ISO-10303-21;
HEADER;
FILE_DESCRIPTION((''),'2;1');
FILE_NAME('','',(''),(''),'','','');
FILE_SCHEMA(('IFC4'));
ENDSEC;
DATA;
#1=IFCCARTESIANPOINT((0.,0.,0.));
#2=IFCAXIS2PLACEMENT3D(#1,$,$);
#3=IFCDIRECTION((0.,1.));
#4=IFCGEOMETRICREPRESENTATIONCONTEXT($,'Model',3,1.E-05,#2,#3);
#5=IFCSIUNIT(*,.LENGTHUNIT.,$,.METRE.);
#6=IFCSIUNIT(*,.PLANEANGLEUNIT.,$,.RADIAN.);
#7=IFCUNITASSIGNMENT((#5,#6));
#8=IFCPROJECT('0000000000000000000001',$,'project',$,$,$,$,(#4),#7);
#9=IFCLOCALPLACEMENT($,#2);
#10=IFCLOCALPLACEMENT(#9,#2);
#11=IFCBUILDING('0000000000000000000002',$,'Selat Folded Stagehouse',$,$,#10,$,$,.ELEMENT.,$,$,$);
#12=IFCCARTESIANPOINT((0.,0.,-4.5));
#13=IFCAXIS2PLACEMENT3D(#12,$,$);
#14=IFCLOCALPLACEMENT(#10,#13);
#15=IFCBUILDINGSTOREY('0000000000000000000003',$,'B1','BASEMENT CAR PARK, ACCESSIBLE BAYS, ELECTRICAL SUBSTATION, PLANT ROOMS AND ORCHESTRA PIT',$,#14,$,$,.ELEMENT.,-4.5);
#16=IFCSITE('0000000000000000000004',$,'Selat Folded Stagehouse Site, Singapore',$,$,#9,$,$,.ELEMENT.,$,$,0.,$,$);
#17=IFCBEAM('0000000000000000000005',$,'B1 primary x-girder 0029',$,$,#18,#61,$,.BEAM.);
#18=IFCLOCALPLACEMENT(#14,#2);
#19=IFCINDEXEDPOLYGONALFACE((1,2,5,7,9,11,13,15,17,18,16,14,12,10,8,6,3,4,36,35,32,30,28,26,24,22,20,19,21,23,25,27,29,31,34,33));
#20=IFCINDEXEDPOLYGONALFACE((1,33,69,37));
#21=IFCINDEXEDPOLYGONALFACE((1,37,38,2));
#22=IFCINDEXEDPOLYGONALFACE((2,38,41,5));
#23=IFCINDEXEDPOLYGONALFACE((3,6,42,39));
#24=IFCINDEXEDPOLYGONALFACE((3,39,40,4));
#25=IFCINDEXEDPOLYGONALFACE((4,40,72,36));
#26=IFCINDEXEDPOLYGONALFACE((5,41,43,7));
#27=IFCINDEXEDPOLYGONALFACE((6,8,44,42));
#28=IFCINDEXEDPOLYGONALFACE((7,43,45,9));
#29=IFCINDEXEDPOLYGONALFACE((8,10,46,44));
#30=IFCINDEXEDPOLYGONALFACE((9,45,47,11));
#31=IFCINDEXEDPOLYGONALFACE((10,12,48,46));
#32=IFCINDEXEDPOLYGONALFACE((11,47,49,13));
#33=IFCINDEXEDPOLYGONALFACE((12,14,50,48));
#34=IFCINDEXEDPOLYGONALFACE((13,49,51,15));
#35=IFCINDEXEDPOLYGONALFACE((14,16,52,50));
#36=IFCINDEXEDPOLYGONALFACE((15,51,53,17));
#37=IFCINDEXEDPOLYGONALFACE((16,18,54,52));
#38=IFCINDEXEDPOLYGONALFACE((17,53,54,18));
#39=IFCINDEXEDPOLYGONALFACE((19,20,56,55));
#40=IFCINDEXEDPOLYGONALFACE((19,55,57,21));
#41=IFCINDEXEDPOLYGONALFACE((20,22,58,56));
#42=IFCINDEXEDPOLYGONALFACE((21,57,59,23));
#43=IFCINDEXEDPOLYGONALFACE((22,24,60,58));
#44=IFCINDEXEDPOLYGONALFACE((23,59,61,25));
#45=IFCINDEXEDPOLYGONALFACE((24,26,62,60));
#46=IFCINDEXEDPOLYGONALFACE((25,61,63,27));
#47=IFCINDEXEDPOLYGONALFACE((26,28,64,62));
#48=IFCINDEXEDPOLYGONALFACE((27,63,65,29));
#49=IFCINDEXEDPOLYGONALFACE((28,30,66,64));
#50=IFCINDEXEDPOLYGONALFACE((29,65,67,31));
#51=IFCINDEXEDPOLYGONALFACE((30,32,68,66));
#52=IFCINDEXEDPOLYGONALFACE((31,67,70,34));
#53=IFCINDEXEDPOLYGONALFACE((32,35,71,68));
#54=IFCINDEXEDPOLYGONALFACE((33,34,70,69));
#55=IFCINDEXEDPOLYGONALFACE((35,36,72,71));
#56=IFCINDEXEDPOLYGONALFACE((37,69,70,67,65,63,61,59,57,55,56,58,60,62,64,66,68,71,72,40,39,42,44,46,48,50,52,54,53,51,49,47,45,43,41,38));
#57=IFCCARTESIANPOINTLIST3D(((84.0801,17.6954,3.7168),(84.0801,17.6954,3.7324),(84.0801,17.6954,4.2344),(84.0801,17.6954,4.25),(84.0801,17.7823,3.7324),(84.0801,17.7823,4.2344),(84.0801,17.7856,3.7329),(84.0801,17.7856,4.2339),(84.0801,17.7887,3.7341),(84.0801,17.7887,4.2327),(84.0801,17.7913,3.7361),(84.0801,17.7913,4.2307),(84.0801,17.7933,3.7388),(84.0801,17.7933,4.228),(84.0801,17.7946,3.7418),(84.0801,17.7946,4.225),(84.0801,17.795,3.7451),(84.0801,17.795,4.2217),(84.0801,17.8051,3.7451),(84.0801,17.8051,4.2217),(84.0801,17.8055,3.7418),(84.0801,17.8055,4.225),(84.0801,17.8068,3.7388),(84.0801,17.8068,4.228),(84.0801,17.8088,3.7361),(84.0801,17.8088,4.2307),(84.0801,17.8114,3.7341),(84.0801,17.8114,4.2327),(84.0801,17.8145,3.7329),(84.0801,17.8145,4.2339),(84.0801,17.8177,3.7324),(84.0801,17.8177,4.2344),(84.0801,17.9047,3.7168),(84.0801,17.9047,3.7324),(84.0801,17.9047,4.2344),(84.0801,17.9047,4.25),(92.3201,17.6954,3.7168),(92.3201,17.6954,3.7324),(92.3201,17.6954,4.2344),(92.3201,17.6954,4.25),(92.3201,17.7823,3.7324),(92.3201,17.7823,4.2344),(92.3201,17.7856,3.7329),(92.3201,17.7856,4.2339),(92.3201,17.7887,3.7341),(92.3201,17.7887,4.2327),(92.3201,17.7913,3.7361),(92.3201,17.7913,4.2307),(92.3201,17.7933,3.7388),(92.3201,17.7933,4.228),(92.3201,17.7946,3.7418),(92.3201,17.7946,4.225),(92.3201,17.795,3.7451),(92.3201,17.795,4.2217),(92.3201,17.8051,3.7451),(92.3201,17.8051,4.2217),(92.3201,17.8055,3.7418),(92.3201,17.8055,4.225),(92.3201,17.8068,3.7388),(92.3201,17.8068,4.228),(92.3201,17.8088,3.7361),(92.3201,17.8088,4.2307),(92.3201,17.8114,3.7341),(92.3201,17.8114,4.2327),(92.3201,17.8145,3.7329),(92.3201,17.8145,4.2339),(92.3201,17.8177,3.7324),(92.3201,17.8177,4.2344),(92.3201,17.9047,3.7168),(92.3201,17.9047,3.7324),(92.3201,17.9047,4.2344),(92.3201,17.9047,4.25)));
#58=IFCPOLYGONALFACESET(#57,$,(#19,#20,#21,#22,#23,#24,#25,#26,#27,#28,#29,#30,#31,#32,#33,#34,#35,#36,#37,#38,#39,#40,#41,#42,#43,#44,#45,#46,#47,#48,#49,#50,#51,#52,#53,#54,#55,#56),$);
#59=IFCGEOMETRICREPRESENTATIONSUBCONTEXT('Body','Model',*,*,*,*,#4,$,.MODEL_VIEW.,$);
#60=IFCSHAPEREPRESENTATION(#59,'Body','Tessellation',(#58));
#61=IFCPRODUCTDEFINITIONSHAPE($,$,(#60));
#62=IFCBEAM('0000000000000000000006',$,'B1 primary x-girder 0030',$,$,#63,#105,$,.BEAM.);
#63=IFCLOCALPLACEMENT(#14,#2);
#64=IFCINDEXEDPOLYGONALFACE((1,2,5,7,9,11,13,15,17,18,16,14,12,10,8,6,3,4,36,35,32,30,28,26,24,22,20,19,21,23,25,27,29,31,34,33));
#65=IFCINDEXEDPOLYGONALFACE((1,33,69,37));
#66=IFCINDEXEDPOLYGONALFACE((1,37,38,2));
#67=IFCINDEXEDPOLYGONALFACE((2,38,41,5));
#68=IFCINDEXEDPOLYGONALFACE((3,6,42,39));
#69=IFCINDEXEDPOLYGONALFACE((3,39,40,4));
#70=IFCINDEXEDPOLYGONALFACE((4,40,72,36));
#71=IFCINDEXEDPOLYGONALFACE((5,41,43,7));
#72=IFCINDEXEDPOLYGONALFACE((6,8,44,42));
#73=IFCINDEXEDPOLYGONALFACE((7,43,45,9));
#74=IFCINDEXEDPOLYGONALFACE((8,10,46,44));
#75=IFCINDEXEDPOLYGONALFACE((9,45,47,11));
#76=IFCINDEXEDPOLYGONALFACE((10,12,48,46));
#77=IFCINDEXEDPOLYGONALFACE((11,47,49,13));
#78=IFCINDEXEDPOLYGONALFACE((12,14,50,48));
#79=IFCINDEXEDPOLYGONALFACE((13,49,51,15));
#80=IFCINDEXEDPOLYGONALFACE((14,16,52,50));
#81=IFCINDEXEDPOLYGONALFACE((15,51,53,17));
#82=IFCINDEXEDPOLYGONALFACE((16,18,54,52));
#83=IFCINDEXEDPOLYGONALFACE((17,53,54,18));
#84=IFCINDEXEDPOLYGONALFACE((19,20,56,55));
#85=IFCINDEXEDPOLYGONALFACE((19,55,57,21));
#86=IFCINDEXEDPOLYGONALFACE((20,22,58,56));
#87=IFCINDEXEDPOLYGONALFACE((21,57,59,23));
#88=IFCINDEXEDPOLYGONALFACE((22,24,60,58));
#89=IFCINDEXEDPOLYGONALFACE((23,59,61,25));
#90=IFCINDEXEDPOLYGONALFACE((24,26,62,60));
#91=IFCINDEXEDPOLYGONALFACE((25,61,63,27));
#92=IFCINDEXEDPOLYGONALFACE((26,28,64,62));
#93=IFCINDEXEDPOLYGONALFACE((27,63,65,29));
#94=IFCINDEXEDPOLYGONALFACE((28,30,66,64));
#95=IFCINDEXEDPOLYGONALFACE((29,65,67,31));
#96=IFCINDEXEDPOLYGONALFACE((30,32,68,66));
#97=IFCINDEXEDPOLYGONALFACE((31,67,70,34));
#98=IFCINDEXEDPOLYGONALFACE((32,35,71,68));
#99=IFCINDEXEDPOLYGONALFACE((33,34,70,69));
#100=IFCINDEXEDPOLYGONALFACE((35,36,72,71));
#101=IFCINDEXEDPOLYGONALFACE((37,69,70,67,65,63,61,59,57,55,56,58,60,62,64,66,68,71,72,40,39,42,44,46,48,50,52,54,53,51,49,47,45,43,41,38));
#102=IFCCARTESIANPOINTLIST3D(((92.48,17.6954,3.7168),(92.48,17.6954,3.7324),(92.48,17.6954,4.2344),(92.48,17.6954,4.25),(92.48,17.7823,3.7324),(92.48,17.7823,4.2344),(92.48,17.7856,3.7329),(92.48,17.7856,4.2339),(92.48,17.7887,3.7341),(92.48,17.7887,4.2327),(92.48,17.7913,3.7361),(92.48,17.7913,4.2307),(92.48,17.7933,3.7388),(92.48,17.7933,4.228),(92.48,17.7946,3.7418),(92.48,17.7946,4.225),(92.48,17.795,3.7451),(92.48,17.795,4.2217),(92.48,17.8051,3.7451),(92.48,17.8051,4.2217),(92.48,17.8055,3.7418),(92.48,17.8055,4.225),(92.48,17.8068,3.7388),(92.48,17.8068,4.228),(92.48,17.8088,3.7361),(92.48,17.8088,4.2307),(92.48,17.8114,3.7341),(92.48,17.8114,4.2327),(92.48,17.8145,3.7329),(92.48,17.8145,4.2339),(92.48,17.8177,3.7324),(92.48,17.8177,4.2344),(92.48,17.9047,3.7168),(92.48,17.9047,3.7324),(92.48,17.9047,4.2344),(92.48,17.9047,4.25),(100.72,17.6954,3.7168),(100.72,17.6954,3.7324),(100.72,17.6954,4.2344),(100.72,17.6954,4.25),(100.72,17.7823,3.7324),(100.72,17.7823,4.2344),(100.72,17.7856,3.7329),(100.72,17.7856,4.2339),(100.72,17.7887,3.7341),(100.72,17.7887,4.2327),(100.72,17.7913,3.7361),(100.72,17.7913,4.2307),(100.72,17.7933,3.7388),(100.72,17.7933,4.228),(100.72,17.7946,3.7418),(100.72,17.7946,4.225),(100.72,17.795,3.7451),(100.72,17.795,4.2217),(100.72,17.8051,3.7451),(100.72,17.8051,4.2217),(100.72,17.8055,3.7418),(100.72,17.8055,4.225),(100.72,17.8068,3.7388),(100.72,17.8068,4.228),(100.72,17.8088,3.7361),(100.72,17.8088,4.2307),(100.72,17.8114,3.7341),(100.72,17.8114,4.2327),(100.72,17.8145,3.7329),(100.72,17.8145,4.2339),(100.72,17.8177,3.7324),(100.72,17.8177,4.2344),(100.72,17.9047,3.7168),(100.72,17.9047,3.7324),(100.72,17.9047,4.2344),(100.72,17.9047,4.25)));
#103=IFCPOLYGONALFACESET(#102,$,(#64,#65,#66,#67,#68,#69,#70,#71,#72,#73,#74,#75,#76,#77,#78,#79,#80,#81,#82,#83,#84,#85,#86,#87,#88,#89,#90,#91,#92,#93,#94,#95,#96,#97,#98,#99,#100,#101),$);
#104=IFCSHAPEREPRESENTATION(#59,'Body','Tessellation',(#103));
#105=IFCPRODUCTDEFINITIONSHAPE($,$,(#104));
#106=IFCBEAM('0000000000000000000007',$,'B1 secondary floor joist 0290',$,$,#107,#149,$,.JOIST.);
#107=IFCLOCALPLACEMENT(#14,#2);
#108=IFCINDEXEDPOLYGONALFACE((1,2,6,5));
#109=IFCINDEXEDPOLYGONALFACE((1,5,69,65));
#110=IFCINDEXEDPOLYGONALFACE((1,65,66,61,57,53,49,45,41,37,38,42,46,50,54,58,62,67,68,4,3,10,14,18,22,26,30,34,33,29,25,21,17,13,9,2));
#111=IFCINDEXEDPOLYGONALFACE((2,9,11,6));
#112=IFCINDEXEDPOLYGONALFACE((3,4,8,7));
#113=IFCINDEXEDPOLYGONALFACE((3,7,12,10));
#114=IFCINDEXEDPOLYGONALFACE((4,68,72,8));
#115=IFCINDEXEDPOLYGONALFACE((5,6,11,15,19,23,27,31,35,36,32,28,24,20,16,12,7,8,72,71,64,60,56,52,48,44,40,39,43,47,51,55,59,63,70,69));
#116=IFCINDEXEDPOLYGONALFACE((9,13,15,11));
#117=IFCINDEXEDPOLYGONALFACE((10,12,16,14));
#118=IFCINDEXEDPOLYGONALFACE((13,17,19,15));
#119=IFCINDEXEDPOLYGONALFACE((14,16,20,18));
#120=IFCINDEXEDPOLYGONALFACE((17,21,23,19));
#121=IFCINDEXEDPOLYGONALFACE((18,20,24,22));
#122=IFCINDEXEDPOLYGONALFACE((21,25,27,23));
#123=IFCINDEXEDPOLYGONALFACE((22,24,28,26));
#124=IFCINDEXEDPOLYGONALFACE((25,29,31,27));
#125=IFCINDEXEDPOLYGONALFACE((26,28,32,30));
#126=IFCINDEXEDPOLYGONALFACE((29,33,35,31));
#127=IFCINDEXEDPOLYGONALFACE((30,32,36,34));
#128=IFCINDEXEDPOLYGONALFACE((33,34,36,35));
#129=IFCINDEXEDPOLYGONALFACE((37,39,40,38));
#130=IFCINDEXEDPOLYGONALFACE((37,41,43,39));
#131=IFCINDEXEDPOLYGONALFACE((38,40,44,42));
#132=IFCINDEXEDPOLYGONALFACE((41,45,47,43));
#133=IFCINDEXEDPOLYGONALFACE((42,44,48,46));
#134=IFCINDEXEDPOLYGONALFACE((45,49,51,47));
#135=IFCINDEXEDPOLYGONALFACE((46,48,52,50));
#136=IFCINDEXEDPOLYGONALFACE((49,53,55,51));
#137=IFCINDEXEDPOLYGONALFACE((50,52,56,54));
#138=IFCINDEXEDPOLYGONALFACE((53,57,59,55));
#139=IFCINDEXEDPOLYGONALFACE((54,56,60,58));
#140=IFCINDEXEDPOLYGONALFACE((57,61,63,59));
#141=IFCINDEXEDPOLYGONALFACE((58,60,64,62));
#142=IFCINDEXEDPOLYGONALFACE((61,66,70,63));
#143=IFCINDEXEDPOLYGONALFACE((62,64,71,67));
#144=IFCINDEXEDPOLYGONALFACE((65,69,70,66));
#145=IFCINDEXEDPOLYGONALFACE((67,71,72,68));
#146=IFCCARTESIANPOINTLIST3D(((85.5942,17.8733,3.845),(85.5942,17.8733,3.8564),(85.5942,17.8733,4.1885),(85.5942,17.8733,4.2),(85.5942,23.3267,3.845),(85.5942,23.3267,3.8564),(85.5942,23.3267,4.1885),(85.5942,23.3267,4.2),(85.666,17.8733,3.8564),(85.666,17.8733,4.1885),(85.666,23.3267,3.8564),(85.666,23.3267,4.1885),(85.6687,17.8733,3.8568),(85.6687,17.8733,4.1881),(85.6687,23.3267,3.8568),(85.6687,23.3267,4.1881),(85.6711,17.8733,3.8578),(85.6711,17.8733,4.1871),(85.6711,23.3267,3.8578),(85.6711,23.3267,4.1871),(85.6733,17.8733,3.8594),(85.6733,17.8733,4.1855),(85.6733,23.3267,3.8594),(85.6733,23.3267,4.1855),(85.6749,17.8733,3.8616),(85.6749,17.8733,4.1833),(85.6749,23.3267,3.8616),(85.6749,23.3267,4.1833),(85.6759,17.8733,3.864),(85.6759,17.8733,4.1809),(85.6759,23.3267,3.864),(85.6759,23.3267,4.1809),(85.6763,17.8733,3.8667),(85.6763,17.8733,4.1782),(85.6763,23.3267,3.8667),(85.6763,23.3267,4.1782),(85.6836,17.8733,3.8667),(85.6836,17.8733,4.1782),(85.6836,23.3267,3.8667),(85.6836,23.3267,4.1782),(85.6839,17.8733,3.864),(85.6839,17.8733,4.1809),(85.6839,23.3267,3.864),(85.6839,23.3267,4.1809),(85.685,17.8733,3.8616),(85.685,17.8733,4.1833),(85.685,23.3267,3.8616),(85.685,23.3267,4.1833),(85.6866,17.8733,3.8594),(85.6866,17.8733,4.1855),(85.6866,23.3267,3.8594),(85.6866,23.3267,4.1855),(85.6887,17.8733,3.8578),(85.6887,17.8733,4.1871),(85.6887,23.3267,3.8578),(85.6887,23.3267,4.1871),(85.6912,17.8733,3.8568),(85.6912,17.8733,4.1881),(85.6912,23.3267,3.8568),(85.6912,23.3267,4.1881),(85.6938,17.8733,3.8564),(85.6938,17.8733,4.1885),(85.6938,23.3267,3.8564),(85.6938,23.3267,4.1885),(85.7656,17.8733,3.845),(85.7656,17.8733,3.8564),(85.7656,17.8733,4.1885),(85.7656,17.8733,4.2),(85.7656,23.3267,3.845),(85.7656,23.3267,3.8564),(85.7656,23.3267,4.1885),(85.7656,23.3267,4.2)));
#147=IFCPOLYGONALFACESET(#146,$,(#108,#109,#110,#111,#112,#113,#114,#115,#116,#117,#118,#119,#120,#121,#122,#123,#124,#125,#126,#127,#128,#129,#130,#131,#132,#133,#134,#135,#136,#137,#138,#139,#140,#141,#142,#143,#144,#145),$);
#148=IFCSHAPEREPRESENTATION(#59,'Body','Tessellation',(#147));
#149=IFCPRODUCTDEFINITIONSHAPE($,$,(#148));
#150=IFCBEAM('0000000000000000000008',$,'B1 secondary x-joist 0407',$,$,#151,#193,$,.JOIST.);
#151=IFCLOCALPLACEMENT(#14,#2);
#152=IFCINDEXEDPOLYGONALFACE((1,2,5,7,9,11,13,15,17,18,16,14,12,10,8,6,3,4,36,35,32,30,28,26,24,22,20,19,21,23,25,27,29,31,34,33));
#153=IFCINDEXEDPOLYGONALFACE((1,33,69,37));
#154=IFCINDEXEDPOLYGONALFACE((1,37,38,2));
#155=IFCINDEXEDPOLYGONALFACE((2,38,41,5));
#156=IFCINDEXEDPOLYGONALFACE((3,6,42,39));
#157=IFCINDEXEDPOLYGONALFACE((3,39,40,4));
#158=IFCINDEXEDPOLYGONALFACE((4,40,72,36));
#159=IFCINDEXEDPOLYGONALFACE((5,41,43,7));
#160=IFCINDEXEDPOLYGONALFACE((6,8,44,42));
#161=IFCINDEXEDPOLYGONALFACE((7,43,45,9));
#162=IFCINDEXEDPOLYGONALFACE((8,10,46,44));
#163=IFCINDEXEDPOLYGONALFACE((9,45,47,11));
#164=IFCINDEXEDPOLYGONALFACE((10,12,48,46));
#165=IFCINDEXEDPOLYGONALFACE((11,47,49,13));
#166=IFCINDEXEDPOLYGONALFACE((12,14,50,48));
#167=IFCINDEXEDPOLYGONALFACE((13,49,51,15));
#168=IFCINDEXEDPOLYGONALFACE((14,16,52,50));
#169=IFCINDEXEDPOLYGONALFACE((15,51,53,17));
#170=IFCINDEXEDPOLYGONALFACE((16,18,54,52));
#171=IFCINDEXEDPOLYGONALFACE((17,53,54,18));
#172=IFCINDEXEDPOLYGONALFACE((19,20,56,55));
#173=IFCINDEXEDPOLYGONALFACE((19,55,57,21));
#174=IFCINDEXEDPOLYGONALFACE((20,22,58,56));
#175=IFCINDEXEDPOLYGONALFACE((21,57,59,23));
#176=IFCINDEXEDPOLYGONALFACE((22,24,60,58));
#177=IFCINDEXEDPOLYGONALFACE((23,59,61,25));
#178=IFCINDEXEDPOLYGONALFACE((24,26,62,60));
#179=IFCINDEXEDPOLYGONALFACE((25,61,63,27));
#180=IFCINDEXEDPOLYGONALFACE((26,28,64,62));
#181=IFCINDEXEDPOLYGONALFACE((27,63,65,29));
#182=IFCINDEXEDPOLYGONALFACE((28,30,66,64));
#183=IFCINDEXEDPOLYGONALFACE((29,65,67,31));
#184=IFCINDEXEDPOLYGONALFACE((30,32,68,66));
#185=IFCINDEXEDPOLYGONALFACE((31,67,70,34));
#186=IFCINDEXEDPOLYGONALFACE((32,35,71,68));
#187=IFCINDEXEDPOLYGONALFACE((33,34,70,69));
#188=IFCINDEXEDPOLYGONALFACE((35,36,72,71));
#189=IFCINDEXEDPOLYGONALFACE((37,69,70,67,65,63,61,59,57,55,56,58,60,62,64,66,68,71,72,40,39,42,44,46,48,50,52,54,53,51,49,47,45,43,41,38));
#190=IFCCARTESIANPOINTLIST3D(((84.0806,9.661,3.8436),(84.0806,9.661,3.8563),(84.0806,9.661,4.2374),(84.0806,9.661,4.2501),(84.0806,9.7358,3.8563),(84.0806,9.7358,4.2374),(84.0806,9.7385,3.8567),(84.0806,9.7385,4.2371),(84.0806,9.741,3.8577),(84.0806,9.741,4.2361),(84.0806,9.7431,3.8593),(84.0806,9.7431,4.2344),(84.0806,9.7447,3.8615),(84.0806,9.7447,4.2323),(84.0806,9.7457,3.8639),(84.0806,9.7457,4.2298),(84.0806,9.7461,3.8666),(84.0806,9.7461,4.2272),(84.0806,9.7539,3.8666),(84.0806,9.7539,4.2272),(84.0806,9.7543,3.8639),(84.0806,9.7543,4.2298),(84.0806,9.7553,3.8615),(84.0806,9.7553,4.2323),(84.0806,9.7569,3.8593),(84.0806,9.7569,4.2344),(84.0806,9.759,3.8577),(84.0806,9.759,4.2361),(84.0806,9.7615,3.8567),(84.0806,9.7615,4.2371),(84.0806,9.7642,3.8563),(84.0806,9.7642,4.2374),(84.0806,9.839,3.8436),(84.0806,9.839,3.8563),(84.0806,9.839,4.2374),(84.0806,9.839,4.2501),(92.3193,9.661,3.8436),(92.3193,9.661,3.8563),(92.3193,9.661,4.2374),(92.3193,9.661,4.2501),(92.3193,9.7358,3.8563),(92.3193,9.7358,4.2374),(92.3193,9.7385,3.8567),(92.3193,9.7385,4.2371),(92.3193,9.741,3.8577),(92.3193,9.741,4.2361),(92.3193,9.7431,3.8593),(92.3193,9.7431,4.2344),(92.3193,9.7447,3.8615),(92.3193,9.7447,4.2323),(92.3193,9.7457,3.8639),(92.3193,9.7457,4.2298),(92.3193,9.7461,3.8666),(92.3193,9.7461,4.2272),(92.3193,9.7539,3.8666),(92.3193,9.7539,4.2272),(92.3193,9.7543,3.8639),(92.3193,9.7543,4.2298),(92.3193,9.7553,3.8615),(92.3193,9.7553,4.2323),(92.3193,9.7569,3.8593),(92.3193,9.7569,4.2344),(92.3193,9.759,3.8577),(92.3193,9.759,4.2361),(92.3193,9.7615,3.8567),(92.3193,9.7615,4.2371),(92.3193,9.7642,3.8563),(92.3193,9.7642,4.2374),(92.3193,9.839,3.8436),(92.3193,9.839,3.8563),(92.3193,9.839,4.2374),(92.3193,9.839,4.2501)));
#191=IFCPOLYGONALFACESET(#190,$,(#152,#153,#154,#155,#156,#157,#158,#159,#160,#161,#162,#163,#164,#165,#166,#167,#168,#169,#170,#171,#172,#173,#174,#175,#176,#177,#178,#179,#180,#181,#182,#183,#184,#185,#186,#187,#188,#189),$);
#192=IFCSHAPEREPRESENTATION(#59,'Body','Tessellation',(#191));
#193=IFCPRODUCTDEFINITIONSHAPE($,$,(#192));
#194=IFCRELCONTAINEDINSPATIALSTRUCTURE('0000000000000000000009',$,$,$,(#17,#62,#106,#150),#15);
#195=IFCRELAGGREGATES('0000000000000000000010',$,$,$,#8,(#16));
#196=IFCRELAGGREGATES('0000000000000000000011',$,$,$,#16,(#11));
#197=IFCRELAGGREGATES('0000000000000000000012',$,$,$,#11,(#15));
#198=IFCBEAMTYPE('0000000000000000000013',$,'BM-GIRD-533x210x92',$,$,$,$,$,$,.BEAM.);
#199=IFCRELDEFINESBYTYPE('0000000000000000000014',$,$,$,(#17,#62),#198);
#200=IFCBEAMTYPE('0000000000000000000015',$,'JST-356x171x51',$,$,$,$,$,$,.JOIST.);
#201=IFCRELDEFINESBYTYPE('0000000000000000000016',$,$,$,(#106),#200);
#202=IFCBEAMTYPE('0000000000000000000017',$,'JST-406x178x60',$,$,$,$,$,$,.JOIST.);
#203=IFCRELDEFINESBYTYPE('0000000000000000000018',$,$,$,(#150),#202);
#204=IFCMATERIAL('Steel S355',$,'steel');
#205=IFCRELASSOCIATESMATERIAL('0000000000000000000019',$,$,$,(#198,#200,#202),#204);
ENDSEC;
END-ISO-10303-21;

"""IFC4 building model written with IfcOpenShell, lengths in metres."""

from ifc_helpers import new_model, si_unit, direction, frame, origin, origin_2d, place, context, subcontext, project, spatial, i_section, extrude, material, material_profile, profile_set, type_object, element, save


model = new_model("IFC4")

# Units and contexts
model_context = context("Model", 3, precision=1e-05, world=origin(), true_north=direction((0.0, 1.0)))
body_context = subcontext(model_context, "Body", "Model", "MODEL_VIEW")
ifc_project = project(units=[si_unit("LENGTHUNIT", "METRE"), si_unit("PLANEANGLEUNIT", "RADIAN")], contexts=[model_context])

# Site, building, storey
site_placement = place(None, origin())
site = spatial("IfcSite", under=ifc_project, at=site_placement, Name="Selat Folded Stagehouse Site, Singapore", CompositionType="ELEMENT", RefElevation=0.0)
building_placement = place(site_placement, origin())
building = spatial("IfcBuilding", under=site, at=building_placement, Name="Selat Folded Stagehouse", CompositionType="ELEMENT")
storey_placement = place(building_placement, frame((0.0, 0.0, -4.5)))
storey = spatial("IfcBuildingStorey", under=building, at=storey_placement, Name="B1", Description="BASEMENT CAR PARK, ACCESSIBLE BAYS, ELECTRICAL SUBSTATION, PLANT ROOMS AND ORCHESTRA PIT", CompositionType="ELEMENT", Elevation=-4.5)

# Shared definitions
ifc_material_1 = material(Name="Steel S355", Category="steel")

# Beams
ifc_material_profile_1 = material_profile(ifc_material_1, i_section(OverallWidth=0.2092, OverallDepth=0.5332, WebThickness=0.01, FlangeThickness=0.0156, FilletRadius=0.0127, at=origin_2d()), Name="UKB 533x210x92")
ifc_profile_set_1 = profile_set([ifc_material_profile_1], Name="Steel S355")
beam_type_1 = type_object("IfcBeamType", Name="BM-GIRD-533x210x92", PredefinedType="BEAM", material=ifc_profile_set_1)
for number, where, z_axis, x_axis, name in (
    (1, (84.0801, 17.8, 3.9834), (1.0, 0.0, 0.0), (0.0, 1.0, 0.0), "B1 primary x-girder 0029"),
    (2, (92.48, 17.8, 3.9834), (1.0, 0.0, 0.0), (0.0, 1.0, 0.0), "B1 primary x-girder 0030"),
):
    element("IfcBeam", number, at=place(storey_placement, frame(where, z_axis=z_axis, x_axis=x_axis)), inside=storey, type_object=beam_type_1, Name=name, PredefinedType="BEAM", context=body_context, shape_type="SweptSolid", body=[
        extrude(i_section(OverallWidth=0.2092, OverallDepth=0.5332, WebThickness=0.01, FlangeThickness=0.0156, FilletRadius=0.0127, at=origin_2d()), origin(), (0.0, 0.0, 1.0), 8.24),
    ])
ifc_material_profile_2 = material_profile(ifc_material_1, i_section(OverallWidth=0.1714, OverallDepth=0.355, WebThickness=0.0073, FlangeThickness=0.0115, FilletRadius=0.0103, at=origin_2d()), Name="UKB 356x171x51")
ifc_profile_set_2 = profile_set([ifc_material_profile_2], Name="Steel S355")
beam_type_2 = type_object("IfcBeamType", Name="JST-356x171x51", PredefinedType="JOIST", material=ifc_profile_set_2)
beam_placement = place(storey_placement, frame((85.6799, 17.8733, 4.0225), z_axis=(0.0, 1.0, 0.0), x_axis=(-1.0, 0.0, 0.0)))
element("IfcBeam", 3, at=beam_placement, inside=storey, type_object=beam_type_2, Name="B1 secondary floor joist 0290", PredefinedType="JOIST", context=body_context, shape_type="SweptSolid", body=[
    extrude(i_section(OverallWidth=0.1714, OverallDepth=0.355, WebThickness=0.0073, FlangeThickness=0.0115, FilletRadius=0.0103, at=origin_2d()), origin(), (0.0, 0.0, 1.0), 5.4534),
])
ifc_material_profile_3 = material_profile(ifc_material_1, i_section(OverallWidth=0.178, OverallDepth=0.4065, WebThickness=0.0078, FlangeThickness=0.0127, FilletRadius=0.0103, at=origin_2d()), Name="UKB 406x178x60")
ifc_profile_set_3 = profile_set([ifc_material_profile_3], Name="Steel S355")
beam_type_3 = type_object("IfcBeamType", Name="JST-406x178x60", PredefinedType="JOIST", material=ifc_profile_set_3)
for number, where, z_axis, x_axis, name in (
    (4, (84.0806, 9.75, 4.0469), (1.0, 0.0, 0.0), (0.0, 1.0, 0.0), "B1 secondary x-joist 0407"),
):
    element("IfcBeam", number, at=place(storey_placement, frame(where, z_axis=z_axis, x_axis=x_axis)), inside=storey, type_object=beam_type_3, Name=name, PredefinedType="JOIST", context=body_context, shape_type="SweptSolid", body=[
        extrude(i_section(OverallWidth=0.178, OverallDepth=0.4065, WebThickness=0.0078, FlangeThickness=0.0127, FilletRadius=0.0103, at=origin_2d()), origin(), (0.0, 0.0, 1.0), 8.2388),
    ])

save(model, "model.ifc")
